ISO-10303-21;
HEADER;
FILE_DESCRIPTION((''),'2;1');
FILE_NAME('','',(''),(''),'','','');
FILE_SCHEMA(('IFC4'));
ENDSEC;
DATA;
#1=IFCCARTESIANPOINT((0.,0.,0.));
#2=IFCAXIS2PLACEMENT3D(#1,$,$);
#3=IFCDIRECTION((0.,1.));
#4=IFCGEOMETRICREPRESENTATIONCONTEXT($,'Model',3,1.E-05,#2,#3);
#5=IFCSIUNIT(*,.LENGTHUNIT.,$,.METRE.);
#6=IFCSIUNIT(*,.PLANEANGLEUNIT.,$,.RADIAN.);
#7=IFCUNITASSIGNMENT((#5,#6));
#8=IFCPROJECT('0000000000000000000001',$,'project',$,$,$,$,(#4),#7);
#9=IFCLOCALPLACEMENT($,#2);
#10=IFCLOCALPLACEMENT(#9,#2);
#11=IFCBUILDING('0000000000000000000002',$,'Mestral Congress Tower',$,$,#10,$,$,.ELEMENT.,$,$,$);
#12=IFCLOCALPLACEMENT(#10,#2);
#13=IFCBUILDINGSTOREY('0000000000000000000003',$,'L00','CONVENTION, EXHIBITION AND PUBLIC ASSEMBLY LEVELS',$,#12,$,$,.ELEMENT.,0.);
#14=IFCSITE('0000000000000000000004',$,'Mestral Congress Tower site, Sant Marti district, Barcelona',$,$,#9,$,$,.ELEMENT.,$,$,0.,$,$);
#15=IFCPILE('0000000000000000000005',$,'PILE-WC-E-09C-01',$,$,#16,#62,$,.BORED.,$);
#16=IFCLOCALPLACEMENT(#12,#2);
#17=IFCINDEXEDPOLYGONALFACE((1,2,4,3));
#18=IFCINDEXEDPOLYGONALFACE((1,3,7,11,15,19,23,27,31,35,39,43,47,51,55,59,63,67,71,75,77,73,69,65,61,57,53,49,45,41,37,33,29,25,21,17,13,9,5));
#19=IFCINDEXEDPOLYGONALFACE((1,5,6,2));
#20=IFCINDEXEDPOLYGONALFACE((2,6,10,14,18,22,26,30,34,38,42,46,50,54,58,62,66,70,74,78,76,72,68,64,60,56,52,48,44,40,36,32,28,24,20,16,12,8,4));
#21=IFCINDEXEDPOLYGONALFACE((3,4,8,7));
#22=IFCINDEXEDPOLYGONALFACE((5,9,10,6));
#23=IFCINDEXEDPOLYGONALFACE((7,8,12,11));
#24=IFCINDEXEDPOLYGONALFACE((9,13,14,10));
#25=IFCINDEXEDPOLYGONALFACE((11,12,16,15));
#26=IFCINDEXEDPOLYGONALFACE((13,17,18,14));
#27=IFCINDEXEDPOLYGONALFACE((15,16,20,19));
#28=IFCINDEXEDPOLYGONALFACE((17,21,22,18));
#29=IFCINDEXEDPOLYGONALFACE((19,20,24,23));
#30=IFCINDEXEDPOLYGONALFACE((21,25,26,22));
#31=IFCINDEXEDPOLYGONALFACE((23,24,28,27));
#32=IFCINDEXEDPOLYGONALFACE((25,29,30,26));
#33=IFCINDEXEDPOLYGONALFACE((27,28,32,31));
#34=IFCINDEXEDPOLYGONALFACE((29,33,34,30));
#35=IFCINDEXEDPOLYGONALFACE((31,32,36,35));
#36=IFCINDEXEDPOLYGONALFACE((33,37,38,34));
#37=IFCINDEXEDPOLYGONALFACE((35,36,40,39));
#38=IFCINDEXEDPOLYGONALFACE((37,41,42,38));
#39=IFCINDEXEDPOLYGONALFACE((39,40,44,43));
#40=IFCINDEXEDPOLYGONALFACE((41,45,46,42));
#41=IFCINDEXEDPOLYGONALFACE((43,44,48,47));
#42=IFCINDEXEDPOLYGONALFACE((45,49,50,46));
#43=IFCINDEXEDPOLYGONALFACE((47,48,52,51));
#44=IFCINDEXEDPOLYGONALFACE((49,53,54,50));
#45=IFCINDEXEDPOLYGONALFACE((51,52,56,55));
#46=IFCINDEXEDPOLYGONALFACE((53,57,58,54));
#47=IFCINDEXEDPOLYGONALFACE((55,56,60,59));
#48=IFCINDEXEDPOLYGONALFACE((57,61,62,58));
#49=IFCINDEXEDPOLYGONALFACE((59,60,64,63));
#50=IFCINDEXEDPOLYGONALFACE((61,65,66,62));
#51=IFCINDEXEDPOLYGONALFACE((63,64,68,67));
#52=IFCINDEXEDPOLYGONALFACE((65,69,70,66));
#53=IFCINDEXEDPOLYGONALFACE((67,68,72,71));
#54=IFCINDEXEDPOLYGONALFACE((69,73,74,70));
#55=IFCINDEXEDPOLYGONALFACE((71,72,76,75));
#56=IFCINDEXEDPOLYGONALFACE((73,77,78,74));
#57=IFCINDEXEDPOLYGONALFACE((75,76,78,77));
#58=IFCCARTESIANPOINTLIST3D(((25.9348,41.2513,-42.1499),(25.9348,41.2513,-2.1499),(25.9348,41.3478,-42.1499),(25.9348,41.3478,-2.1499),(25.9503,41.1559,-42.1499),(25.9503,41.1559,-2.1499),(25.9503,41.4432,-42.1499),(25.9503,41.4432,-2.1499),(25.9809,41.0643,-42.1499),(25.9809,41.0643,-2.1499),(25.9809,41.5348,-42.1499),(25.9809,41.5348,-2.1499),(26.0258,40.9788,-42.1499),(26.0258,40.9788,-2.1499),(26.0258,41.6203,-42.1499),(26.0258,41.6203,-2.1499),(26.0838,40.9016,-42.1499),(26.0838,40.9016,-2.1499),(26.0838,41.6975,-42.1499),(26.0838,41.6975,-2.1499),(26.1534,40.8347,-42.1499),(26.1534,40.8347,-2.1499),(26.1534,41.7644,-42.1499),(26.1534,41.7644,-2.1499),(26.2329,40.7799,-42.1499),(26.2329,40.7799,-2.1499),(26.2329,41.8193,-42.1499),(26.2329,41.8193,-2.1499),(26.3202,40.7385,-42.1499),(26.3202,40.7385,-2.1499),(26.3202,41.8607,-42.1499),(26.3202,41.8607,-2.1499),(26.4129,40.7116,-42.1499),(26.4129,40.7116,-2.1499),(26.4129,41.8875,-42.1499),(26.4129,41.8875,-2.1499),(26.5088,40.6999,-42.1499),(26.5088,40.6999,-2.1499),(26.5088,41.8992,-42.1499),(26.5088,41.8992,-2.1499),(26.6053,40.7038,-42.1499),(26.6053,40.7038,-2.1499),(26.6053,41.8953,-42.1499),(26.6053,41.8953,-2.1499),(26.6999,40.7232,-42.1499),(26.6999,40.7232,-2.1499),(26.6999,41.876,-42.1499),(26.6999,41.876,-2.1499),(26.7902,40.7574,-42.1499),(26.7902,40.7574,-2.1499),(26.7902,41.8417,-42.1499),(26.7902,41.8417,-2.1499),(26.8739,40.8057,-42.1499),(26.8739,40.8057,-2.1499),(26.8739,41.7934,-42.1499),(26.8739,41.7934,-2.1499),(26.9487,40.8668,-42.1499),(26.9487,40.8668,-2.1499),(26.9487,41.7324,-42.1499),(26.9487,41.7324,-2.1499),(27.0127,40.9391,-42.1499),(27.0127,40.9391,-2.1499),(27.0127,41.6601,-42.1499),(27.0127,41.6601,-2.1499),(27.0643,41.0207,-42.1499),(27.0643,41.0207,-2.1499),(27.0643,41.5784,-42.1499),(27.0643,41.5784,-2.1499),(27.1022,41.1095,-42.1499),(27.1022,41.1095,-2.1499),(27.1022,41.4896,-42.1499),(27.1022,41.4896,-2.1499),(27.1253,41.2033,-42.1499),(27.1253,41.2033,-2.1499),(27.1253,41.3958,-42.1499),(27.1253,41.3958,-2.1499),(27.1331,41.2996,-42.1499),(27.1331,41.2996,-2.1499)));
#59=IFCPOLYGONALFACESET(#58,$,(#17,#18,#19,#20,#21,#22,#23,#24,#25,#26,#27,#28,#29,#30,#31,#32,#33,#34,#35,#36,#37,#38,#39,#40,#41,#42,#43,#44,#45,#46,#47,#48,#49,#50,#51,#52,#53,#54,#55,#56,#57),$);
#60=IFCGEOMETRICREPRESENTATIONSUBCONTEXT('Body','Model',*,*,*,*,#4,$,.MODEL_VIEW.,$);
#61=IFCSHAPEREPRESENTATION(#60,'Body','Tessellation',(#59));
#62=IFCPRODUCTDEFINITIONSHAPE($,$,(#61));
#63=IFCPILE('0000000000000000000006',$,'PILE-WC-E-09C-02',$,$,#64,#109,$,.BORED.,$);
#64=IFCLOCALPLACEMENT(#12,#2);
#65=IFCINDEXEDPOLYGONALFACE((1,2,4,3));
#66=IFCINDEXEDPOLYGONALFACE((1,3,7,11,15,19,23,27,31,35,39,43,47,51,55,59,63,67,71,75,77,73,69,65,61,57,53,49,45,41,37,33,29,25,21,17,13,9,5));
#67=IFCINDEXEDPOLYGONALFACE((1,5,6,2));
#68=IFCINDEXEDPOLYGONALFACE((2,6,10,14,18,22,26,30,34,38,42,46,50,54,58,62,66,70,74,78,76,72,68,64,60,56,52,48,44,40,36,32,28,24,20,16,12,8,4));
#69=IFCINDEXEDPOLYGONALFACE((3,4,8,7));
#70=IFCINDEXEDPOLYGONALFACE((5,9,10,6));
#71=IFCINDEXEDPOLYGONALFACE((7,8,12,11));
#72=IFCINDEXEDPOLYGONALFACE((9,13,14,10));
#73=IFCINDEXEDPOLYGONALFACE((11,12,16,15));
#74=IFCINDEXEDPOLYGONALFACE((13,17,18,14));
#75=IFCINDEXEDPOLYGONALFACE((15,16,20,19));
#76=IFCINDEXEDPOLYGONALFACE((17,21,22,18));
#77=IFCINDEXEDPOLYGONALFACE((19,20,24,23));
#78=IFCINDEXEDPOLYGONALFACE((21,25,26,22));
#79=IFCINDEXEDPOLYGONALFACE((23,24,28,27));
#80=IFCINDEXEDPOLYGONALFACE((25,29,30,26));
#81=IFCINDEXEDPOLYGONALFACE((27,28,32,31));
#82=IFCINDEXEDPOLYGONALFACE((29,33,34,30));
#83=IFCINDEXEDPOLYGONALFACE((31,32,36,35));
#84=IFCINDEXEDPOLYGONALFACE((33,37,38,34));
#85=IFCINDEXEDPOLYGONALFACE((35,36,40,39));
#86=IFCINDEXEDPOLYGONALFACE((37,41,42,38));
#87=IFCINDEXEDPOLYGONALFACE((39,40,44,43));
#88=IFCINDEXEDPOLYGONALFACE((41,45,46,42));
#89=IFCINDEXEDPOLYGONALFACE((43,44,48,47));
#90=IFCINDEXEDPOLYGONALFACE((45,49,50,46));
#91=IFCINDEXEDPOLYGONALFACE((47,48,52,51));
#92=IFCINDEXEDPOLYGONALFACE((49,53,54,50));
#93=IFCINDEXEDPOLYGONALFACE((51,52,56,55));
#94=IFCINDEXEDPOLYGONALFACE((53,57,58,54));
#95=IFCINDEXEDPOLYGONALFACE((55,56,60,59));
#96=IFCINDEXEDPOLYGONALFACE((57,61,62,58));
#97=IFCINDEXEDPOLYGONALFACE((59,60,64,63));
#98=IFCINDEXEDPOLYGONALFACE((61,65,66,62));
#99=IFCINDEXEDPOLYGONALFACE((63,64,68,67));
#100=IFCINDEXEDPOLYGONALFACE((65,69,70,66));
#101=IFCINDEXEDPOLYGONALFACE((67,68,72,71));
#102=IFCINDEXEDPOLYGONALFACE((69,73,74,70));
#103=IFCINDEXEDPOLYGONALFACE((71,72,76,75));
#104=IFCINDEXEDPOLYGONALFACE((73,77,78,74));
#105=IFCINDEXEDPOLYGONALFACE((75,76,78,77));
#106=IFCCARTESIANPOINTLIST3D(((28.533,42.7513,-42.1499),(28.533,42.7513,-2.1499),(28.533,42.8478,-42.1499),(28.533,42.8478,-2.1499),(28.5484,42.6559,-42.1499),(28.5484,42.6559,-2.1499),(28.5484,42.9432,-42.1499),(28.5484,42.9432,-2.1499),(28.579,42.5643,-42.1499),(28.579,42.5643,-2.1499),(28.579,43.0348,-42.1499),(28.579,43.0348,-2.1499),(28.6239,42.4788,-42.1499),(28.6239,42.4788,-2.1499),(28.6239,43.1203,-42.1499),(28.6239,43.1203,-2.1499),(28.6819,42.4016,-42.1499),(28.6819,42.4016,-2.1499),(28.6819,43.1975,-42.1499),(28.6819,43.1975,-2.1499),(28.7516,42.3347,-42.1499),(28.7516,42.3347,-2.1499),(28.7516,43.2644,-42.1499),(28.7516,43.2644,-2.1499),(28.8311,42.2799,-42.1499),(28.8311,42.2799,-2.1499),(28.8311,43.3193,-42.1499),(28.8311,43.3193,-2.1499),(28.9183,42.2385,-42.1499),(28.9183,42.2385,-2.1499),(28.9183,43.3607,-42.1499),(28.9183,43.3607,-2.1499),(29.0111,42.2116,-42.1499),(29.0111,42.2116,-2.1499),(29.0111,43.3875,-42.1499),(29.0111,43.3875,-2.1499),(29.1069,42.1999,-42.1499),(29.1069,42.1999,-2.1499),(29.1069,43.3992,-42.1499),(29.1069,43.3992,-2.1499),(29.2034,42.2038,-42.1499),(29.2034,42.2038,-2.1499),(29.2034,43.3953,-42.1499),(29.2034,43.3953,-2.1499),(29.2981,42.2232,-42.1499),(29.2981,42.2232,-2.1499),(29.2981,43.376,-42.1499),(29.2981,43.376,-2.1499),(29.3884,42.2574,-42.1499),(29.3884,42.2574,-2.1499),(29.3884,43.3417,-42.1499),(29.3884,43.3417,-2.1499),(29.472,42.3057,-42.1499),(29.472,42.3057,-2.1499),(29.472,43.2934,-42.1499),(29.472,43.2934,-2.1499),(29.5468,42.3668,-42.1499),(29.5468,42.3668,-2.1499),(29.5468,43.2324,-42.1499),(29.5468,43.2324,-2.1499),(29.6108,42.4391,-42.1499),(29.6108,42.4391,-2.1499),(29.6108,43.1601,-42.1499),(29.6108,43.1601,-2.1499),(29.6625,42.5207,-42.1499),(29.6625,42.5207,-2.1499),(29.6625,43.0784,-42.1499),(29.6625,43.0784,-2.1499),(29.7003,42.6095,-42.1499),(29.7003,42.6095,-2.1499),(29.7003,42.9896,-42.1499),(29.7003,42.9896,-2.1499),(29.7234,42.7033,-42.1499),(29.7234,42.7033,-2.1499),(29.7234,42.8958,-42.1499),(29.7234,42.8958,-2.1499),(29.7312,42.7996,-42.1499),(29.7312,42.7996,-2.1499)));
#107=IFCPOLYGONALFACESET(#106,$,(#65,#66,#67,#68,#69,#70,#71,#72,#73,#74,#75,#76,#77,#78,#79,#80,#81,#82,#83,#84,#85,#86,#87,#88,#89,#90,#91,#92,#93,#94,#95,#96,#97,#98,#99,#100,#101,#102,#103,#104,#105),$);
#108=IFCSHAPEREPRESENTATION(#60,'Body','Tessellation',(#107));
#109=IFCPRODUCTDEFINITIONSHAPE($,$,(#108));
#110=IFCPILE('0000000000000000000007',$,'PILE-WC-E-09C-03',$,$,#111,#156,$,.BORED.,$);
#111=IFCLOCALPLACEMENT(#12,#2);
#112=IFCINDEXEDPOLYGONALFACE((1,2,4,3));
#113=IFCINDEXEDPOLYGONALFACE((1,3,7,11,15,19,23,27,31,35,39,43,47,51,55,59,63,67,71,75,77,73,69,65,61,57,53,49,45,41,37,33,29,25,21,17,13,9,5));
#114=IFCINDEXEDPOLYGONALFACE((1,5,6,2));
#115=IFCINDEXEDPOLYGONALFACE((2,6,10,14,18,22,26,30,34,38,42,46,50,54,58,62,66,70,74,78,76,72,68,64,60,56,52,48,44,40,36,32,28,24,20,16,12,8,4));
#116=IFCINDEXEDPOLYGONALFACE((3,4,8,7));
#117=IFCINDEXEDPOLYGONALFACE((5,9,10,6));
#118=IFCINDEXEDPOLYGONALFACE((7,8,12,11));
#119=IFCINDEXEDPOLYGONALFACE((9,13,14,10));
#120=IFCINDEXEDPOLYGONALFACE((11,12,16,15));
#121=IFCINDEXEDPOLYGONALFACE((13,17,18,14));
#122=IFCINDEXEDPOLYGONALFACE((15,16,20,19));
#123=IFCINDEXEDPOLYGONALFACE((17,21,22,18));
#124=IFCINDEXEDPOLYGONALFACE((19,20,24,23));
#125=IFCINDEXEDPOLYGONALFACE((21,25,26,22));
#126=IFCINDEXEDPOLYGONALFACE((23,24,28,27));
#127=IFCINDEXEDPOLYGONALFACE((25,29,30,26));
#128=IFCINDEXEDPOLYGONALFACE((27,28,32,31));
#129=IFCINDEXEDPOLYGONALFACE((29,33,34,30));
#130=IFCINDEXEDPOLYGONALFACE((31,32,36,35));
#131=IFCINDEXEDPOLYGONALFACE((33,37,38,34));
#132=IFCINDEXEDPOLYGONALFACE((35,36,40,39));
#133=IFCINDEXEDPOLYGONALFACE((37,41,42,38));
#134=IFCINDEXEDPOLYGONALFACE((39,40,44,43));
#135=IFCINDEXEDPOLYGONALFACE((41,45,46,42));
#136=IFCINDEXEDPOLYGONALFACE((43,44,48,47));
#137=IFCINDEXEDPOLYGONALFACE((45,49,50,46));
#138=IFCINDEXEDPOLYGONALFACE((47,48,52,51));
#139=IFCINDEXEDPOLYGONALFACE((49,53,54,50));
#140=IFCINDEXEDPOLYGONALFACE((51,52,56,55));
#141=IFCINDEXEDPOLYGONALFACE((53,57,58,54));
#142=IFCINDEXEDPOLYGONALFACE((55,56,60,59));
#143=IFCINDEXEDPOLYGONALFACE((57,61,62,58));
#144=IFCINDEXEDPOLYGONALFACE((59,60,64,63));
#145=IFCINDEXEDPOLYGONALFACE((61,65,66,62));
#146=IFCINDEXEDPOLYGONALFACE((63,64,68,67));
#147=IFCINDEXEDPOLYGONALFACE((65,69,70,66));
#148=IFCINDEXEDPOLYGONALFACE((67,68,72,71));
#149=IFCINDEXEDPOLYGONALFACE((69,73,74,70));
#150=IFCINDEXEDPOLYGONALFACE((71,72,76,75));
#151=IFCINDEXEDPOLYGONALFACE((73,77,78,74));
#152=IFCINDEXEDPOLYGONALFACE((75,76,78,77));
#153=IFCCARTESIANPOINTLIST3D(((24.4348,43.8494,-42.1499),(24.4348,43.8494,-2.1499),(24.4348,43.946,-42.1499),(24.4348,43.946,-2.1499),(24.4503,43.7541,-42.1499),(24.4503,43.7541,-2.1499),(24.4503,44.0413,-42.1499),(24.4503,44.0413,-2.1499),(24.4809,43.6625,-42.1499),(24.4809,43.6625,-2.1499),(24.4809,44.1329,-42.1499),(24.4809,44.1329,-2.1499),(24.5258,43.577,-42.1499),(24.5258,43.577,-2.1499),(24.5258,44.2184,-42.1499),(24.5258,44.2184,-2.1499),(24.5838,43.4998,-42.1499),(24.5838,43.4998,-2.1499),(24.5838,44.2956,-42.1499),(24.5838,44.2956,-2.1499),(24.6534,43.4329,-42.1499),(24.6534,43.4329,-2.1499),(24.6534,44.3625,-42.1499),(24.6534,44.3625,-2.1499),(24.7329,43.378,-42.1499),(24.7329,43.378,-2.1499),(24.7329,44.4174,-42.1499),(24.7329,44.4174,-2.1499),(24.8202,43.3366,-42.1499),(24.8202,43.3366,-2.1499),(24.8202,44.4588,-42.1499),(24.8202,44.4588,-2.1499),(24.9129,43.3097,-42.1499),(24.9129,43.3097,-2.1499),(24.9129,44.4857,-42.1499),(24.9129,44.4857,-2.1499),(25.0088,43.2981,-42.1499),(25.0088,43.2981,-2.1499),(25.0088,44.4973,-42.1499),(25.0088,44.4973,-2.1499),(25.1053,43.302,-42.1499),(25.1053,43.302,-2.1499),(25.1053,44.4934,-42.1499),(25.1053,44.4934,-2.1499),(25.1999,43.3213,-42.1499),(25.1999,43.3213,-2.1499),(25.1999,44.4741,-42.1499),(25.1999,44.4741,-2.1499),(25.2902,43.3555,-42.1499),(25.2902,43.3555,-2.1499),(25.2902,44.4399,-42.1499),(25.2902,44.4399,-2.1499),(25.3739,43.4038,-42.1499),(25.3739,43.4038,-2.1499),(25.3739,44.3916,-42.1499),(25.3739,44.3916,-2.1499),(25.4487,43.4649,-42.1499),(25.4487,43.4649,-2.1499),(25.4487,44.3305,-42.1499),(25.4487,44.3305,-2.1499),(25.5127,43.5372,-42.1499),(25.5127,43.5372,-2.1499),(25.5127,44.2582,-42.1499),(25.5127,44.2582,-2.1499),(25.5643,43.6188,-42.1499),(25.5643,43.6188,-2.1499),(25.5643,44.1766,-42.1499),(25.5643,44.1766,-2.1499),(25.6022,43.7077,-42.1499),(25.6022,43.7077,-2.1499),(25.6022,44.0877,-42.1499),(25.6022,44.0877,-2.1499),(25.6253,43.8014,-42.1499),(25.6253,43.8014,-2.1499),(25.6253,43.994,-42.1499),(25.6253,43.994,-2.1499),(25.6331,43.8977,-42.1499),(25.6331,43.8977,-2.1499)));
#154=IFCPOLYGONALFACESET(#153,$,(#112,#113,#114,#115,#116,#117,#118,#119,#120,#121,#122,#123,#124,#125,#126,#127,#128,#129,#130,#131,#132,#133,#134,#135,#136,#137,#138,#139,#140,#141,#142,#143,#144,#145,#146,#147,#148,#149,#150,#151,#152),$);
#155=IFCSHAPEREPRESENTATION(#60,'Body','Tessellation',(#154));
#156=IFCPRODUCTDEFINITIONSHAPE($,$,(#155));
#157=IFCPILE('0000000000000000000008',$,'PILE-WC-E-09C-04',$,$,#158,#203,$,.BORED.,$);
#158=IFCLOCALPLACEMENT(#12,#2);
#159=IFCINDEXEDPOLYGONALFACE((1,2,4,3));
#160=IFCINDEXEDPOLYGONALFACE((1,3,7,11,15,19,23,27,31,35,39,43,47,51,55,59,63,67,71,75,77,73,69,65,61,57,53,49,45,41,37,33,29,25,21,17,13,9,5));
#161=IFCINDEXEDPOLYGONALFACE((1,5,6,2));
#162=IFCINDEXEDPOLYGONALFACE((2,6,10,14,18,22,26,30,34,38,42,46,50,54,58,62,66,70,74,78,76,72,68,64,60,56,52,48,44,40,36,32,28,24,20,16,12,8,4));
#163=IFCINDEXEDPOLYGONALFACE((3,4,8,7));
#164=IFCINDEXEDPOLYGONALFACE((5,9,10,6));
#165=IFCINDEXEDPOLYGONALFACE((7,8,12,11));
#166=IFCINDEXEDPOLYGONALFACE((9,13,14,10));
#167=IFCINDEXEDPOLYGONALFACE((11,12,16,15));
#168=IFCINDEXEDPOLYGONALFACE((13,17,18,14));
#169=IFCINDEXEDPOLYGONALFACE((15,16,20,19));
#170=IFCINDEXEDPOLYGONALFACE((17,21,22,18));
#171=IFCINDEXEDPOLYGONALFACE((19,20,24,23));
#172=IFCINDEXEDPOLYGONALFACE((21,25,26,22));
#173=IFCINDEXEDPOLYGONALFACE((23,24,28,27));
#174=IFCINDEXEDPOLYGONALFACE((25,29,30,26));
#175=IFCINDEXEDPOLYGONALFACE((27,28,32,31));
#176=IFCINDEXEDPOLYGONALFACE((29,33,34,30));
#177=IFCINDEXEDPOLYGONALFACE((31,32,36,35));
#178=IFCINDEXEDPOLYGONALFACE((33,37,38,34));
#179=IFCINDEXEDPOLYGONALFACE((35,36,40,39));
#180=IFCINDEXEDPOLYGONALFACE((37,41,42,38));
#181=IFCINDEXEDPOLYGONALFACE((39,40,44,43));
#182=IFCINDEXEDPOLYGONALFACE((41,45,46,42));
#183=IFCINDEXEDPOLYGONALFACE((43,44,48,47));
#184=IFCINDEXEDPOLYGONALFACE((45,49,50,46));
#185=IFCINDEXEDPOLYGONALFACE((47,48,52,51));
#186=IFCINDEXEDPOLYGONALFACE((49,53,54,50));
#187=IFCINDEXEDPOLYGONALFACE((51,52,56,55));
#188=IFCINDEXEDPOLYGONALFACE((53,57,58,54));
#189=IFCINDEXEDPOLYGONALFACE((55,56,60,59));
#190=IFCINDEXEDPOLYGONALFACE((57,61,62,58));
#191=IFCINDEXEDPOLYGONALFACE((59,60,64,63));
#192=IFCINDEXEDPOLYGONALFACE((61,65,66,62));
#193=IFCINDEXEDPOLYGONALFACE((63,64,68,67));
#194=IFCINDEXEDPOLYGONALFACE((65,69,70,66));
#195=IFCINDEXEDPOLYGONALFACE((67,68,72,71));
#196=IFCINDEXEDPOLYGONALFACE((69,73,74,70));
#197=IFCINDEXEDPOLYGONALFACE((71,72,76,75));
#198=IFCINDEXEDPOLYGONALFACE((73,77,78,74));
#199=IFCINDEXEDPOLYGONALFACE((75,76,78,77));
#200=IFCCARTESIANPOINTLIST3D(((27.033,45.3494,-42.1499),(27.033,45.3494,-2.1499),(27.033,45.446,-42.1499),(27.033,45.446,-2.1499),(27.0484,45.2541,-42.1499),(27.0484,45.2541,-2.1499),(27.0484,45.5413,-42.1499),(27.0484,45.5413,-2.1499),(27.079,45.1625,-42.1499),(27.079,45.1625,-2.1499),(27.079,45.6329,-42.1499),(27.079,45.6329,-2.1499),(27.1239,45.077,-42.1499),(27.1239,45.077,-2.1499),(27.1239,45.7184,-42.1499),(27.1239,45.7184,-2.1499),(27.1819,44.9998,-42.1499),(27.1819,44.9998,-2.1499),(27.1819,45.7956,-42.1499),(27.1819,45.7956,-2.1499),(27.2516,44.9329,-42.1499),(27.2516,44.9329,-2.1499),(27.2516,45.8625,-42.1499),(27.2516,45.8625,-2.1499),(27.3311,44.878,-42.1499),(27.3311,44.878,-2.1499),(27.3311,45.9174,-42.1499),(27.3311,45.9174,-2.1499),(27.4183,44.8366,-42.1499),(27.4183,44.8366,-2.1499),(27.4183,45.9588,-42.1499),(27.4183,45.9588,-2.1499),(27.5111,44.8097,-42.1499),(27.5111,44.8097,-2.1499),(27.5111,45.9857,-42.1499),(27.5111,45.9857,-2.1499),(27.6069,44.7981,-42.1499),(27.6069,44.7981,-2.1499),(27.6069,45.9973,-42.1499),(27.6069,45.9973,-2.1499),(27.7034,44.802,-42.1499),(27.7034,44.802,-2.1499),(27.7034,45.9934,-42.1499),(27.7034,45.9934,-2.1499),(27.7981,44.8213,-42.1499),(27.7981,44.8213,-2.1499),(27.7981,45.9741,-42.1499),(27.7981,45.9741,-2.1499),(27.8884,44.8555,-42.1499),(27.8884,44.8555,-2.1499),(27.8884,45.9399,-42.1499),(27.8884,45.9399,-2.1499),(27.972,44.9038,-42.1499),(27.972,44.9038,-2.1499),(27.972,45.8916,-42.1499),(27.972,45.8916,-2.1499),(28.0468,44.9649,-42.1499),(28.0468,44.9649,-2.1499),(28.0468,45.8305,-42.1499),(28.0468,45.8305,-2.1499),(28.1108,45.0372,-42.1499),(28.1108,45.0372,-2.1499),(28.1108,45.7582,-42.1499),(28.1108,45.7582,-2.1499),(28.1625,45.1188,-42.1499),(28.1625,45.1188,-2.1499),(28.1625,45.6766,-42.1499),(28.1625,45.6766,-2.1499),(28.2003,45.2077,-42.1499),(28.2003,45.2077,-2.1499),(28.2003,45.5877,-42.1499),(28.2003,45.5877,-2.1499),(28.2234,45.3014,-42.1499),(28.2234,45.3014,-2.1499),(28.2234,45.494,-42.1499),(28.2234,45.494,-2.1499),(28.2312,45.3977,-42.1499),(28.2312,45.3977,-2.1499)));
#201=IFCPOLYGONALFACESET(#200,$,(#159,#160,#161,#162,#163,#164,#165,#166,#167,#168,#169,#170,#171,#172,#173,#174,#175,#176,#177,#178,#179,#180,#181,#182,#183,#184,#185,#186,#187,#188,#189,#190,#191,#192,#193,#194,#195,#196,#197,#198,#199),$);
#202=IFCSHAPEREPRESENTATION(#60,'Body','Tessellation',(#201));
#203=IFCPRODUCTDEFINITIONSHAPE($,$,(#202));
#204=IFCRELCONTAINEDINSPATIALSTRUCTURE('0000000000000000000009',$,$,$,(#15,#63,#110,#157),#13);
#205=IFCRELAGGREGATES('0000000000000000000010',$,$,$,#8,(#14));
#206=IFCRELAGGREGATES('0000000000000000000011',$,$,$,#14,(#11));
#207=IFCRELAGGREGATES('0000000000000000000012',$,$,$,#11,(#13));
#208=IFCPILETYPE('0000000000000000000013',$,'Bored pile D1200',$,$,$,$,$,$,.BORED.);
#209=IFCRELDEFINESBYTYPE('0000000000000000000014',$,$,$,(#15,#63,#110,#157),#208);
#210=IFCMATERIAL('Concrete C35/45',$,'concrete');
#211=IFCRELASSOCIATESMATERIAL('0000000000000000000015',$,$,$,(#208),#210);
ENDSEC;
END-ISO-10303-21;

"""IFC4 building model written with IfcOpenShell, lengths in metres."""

from ifc_helpers import new_model, si_unit, direction, frame, origin, origin_2d, place, context, subcontext, project, spatial, circle, extrude, material, material_profile, profile_set, type_object, element, save


model = new_model("IFC4")

# Units and contexts
model_context = context("Model", 3, precision=1e-05, world=origin(), true_north=direction((0.0, 1.0)))
body_context = subcontext(model_context, "Body", "Model", "MODEL_VIEW")
ifc_project = project(units=[si_unit("LENGTHUNIT", "METRE"), si_unit("PLANEANGLEUNIT", "RADIAN")], contexts=[model_context])

# Site, building, storey
site_placement = place(None, origin())
site = spatial("IfcSite", under=ifc_project, at=site_placement, Name="Mestral Congress Tower site, Sant Marti district, Barcelona", CompositionType="ELEMENT", RefElevation=0.0)
building_placement = place(site_placement, origin())
building = spatial("IfcBuilding", under=site, at=building_placement, Name="Mestral Congress Tower", CompositionType="ELEMENT")
storey_placement = place(building_placement, origin())
storey = spatial("IfcBuildingStorey", under=building, at=storey_placement, Name="L00", Description="CONVENTION, EXHIBITION AND PUBLIC ASSEMBLY LEVELS", CompositionType="ELEMENT", Elevation=0.0)

# Piles
ifc_material_1 = material(Name="Concrete C35/45", Category="concrete")
ifc_material_profile_1 = material_profile(ifc_material_1, circle(Radius=0.6001, at=origin_2d()), Name="D1200")
ifc_profile_set_1 = profile_set([ifc_material_profile_1], Name="Concrete C35/45")
pile_type = type_object("IfcPileType", Name="Bored pile D1200", PredefinedType="BORED", material=ifc_profile_set_1)
for number, where, z_axis, x_axis, name in (
    (1, (26.533, 41.2996, -2.1499), (0.0, 0.0, -1.0), (1.0, 0.0, 0.0), "PILE-WC-E-09C-01"),
    (2, (29.1311, 42.7996, -2.1499), (0.0, 0.0, -1.0), (1.0, 0.0, 0.0), "PILE-WC-E-09C-02"),
    (3, (25.033, 43.8977, -2.1499), (0.0, 0.0, -1.0), (1.0, 0.0, 0.0), "PILE-WC-E-09C-03"),
    (4, (27.6311, 45.3977, -2.1499), (0.0, 0.0, -1.0), (1.0, 0.0, 0.0), "PILE-WC-E-09C-04"),
):
    element("IfcPile", number, at=place(storey_placement, frame(where, z_axis=z_axis, x_axis=x_axis)), inside=storey, type_object=pile_type, Name=name, PredefinedType="BORED", context=body_context, shape_type="SweptSolid", body=[
        extrude(circle(Radius=0.6001, at=origin_2d()), origin(), (0.0, 0.0, 1.0), 40.0),
    ])

save(model, "model.ifc")
